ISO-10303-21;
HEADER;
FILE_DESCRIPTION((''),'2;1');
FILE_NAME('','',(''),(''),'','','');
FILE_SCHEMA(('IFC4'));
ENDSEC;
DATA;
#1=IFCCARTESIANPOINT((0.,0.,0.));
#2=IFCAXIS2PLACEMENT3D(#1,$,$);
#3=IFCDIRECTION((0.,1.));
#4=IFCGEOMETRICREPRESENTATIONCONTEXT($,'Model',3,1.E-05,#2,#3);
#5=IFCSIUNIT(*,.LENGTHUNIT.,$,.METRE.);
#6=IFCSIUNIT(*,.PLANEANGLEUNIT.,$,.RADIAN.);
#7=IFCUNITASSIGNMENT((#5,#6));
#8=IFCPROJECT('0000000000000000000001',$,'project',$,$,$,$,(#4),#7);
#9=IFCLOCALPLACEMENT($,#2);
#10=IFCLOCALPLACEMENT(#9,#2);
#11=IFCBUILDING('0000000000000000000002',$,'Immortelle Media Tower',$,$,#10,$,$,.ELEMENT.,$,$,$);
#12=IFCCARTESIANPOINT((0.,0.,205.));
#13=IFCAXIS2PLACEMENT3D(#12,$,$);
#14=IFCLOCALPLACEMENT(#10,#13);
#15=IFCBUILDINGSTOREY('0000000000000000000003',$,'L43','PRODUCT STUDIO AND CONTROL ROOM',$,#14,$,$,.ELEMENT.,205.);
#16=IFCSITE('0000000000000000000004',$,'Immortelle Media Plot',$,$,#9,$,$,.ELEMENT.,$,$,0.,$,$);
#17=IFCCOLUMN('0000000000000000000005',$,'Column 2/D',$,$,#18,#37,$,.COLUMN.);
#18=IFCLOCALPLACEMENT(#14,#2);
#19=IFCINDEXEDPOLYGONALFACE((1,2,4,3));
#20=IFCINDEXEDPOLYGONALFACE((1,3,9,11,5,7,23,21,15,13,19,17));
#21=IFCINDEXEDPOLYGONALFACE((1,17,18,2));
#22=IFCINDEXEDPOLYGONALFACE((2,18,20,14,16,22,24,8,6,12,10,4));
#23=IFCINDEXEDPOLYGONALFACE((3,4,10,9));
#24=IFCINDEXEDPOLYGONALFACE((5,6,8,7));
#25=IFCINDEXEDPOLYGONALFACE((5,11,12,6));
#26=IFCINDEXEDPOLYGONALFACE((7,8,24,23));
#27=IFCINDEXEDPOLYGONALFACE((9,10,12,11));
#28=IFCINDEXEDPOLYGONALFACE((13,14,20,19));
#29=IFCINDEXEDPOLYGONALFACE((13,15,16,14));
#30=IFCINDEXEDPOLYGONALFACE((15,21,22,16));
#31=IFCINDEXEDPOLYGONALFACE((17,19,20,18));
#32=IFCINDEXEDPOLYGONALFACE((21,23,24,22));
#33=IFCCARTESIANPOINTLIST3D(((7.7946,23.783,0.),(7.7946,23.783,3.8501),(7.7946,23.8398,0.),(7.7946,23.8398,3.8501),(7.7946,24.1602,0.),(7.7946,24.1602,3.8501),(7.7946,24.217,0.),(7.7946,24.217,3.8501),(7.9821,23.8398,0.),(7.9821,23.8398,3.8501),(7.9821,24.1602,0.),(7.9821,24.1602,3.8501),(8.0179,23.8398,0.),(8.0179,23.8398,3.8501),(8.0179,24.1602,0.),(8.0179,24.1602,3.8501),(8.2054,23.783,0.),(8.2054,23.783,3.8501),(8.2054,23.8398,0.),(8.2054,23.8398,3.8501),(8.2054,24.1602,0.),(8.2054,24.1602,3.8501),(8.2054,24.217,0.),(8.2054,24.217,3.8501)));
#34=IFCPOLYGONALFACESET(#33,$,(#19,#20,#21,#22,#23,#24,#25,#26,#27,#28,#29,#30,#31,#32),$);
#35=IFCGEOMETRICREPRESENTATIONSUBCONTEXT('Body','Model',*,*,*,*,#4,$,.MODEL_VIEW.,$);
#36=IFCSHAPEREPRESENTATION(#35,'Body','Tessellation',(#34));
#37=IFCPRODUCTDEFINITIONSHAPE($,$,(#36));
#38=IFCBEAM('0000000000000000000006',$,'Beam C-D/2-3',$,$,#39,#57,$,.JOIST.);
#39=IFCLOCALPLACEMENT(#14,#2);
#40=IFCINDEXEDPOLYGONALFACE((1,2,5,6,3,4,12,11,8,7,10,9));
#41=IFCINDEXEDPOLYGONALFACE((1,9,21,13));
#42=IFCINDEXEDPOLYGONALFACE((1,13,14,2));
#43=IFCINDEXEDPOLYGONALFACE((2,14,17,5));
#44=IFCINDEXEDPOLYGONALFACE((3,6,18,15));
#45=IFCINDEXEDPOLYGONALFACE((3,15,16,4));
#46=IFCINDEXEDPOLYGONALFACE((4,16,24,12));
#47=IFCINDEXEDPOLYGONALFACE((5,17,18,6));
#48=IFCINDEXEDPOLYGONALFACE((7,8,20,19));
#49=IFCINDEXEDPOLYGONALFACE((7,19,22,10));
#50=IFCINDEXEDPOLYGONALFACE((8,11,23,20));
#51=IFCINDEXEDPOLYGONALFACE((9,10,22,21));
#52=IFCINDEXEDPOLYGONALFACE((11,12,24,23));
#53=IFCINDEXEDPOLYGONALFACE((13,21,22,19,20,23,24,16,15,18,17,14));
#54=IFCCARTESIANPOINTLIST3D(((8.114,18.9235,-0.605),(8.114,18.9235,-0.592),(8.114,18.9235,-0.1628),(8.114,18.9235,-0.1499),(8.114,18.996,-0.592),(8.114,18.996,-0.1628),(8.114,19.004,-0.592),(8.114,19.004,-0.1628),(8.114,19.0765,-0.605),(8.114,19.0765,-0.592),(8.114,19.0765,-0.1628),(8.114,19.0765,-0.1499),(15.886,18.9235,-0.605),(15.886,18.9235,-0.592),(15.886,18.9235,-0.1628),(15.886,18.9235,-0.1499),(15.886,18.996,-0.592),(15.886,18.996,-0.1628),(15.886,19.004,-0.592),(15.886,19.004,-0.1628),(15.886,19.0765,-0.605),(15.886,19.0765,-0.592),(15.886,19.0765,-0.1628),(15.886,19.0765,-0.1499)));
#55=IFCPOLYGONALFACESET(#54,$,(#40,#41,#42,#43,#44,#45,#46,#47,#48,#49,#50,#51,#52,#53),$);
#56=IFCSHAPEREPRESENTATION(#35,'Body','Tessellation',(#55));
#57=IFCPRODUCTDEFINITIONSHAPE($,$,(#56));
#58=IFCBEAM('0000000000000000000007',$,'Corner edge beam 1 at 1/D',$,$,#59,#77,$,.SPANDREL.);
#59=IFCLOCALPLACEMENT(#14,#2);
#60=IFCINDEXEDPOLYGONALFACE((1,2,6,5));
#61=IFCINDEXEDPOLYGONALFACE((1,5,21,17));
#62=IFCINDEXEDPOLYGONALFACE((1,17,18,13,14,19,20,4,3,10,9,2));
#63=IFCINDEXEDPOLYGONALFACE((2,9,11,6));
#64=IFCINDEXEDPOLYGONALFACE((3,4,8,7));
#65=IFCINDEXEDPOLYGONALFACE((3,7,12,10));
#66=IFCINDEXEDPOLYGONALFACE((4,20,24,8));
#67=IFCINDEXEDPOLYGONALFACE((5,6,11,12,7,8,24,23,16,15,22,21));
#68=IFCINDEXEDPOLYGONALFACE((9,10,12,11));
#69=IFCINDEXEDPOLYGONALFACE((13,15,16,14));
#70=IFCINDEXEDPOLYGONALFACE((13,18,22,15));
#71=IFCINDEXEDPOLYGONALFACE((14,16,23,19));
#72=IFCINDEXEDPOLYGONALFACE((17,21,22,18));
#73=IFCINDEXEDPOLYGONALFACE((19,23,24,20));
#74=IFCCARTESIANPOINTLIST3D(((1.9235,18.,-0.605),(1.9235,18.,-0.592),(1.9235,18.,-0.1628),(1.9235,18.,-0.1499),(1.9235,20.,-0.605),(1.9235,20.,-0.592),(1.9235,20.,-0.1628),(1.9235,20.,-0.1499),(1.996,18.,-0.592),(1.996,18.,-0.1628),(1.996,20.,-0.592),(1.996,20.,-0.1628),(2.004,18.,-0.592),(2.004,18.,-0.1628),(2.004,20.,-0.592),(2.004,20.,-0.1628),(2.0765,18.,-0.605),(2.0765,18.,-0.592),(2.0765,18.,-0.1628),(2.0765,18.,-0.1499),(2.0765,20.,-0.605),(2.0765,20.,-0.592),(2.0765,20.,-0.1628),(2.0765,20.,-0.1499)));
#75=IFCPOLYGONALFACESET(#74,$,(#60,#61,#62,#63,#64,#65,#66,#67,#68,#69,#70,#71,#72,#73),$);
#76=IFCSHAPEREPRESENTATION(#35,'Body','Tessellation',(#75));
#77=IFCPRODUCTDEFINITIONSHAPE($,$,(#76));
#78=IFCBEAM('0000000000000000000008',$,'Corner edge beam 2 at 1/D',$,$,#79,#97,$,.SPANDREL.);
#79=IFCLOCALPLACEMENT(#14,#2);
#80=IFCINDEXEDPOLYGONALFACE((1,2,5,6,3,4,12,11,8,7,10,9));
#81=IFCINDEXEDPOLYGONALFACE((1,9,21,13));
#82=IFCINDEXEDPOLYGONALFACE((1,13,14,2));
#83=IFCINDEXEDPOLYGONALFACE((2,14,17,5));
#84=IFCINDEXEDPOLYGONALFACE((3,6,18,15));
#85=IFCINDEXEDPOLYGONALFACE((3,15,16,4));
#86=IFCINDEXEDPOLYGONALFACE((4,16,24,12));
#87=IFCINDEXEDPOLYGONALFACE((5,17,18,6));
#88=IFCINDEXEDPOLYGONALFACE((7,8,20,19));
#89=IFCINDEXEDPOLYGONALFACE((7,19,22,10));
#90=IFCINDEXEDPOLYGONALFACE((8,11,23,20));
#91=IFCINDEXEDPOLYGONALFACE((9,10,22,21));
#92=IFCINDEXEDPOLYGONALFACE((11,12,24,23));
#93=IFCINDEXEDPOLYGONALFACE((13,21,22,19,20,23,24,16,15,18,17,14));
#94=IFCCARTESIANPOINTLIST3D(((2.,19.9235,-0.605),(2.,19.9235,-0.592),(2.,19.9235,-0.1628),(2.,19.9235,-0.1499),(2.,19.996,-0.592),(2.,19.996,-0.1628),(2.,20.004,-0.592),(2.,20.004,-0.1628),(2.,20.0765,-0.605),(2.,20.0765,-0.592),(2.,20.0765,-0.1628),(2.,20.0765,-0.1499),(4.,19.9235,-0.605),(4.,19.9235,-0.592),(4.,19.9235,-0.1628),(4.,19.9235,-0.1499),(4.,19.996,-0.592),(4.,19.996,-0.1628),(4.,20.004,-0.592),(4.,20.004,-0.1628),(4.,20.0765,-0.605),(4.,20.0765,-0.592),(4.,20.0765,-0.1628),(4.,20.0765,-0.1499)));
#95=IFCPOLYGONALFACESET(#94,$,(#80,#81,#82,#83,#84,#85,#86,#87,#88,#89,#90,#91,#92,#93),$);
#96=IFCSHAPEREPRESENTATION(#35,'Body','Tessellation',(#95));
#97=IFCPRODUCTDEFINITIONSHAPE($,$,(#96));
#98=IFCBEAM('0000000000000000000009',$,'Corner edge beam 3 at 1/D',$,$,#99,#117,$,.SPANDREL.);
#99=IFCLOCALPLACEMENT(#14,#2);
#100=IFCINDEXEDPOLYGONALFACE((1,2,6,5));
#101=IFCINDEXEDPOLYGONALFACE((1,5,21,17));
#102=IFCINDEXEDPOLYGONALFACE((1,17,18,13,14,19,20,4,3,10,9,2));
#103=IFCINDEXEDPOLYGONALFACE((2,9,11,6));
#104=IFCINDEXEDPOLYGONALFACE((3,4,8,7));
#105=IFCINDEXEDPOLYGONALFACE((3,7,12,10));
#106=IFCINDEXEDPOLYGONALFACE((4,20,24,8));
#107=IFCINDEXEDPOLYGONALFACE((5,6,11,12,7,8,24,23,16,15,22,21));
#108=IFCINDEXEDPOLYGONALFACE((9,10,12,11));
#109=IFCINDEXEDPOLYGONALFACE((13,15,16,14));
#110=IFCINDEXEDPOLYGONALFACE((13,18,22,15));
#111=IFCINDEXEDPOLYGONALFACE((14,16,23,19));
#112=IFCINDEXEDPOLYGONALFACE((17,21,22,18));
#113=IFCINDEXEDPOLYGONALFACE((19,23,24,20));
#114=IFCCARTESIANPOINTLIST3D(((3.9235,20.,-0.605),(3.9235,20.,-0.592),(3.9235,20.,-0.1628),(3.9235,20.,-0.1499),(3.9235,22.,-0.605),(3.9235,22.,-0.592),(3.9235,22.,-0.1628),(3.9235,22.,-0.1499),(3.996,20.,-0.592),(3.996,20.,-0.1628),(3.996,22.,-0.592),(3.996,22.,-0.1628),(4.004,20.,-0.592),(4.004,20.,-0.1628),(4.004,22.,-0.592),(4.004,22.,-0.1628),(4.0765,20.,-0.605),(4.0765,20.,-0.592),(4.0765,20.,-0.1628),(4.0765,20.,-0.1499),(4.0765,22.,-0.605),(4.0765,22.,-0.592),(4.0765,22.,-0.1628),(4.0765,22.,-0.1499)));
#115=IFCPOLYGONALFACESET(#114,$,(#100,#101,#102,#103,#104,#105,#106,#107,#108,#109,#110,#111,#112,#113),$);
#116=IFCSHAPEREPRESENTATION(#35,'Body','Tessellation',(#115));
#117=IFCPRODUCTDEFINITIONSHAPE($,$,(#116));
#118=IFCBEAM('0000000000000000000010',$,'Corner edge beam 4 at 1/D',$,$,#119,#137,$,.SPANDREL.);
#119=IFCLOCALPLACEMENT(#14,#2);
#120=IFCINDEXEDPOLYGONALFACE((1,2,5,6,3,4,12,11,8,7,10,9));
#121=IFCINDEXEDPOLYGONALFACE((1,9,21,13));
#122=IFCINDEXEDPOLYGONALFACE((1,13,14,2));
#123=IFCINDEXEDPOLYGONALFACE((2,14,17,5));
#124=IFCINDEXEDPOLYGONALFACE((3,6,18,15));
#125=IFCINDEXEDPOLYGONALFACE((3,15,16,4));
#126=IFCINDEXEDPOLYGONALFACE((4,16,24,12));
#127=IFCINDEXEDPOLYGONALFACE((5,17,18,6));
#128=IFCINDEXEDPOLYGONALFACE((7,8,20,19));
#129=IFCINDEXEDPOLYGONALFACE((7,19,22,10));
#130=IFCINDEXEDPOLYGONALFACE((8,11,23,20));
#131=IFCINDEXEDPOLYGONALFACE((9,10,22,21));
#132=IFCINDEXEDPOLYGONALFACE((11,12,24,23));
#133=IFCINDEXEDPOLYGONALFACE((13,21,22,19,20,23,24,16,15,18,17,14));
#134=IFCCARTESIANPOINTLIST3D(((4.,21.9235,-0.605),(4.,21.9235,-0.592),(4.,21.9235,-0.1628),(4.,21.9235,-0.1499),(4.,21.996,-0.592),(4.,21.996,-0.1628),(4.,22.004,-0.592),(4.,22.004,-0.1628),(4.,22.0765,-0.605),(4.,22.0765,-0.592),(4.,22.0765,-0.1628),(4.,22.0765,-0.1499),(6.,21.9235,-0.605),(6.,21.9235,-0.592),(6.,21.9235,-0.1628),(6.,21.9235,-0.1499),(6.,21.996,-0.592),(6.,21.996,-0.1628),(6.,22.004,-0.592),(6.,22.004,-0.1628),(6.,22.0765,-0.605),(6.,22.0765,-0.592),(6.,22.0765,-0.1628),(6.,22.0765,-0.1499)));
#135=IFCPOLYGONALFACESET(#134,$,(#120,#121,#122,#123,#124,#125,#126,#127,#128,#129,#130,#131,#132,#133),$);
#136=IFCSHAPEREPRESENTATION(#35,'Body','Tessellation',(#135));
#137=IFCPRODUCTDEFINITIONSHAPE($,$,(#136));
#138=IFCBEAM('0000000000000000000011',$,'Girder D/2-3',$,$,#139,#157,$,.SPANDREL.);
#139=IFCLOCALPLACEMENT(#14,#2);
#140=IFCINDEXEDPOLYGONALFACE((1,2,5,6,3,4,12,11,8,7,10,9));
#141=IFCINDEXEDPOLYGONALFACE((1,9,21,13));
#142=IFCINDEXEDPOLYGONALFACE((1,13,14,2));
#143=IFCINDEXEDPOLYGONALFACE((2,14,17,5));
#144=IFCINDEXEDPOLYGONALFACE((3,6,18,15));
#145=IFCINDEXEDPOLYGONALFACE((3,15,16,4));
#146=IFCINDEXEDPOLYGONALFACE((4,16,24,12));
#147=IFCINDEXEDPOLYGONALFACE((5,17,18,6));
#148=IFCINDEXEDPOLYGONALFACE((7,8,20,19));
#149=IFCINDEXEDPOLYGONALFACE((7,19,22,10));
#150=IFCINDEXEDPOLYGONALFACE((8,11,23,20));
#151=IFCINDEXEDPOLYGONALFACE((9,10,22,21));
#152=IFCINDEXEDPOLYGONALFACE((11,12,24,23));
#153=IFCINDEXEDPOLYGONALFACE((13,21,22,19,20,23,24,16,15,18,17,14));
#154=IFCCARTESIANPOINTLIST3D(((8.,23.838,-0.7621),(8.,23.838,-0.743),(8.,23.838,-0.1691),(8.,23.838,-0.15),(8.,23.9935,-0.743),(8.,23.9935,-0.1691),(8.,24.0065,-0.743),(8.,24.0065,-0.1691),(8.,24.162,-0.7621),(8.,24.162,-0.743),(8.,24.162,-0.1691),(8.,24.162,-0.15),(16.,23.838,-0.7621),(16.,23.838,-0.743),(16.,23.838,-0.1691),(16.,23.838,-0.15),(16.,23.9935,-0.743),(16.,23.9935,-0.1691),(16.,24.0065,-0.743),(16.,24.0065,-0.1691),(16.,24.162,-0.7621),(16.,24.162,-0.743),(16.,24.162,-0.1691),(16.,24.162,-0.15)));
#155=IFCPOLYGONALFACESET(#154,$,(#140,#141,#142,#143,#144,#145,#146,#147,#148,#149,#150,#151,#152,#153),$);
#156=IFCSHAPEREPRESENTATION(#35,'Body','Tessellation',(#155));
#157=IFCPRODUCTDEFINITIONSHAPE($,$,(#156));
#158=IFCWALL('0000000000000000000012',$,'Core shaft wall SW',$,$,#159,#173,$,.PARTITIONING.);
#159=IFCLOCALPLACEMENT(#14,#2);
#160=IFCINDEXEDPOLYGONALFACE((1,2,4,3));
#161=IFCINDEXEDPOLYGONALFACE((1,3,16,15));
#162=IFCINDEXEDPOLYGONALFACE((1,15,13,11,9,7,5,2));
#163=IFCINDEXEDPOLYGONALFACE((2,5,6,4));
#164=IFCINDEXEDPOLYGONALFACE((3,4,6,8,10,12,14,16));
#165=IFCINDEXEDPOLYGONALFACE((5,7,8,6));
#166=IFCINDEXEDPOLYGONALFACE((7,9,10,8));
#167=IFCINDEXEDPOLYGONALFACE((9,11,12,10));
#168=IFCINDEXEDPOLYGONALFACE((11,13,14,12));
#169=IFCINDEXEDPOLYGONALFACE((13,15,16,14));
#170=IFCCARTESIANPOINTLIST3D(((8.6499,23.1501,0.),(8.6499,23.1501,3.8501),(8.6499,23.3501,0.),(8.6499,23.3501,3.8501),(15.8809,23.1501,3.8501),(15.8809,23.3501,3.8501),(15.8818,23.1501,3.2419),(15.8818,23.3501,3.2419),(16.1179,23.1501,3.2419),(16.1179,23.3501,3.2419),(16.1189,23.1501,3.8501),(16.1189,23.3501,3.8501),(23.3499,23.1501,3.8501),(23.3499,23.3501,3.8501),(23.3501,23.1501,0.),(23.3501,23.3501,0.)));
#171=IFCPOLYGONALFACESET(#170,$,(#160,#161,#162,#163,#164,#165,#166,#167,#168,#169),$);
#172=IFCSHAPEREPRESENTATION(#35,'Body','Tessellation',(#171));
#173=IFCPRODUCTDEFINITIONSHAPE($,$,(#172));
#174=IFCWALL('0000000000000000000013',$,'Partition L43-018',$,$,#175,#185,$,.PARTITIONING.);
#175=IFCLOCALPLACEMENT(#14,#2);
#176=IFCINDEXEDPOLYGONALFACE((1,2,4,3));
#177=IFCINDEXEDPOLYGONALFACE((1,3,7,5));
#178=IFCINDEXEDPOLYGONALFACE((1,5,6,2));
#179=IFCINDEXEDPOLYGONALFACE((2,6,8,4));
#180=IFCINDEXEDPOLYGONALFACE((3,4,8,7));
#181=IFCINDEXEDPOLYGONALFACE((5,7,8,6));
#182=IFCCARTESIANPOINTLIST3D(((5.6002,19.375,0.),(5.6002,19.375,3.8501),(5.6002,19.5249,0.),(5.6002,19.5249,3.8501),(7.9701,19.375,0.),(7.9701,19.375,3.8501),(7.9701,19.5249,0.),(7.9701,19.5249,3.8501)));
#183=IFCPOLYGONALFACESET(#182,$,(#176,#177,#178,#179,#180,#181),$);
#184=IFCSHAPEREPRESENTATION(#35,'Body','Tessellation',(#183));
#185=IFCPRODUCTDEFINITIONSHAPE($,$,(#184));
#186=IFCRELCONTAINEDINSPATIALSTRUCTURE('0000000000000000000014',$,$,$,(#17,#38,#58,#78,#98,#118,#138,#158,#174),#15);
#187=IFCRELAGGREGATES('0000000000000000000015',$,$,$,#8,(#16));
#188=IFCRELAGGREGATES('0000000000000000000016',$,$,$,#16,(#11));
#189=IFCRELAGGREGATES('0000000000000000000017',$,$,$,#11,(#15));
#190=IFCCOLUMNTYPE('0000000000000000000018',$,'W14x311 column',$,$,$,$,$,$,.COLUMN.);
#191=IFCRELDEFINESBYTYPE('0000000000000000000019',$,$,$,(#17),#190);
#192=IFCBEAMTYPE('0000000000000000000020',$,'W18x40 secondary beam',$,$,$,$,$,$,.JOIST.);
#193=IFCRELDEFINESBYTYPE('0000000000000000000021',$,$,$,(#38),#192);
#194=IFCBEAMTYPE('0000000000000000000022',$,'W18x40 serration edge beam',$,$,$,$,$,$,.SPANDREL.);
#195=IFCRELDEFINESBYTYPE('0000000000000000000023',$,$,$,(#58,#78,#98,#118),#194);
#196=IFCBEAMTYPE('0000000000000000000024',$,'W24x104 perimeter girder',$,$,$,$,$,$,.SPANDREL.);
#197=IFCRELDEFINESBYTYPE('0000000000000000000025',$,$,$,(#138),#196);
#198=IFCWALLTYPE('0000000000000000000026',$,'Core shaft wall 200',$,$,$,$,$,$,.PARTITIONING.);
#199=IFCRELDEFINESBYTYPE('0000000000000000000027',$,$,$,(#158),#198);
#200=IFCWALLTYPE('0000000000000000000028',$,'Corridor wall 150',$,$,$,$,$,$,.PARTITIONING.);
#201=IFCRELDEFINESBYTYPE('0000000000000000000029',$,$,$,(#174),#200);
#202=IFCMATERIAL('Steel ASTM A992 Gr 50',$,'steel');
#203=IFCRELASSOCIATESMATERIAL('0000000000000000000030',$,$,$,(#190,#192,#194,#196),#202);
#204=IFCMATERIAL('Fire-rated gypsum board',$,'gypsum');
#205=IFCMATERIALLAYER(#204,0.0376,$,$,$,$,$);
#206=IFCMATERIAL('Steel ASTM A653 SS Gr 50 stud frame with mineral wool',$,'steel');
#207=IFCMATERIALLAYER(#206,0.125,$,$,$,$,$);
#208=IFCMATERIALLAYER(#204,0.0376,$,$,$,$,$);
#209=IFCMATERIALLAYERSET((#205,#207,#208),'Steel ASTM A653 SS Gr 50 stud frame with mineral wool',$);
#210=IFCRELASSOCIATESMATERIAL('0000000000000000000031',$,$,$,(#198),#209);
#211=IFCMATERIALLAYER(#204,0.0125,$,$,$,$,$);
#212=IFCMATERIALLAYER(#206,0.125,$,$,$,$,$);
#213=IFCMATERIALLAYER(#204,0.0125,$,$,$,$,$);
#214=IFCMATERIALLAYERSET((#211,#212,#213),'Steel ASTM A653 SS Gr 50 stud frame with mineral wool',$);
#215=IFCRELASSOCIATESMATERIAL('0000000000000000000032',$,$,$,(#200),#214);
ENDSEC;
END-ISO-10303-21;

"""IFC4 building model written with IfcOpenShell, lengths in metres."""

from ifc_helpers import new_model, si_unit, direction, frame, frame_2d, origin, origin_2d, place, context, subcontext, project, spatial, polyline, rectangle, i_section, outline, extrude, material, layer, layer_set, material_profile, profile_set, type_object, element, save


model = new_model("IFC4")

# Units and contexts
model_context = context("Model", 3, precision=1e-05, world=origin(), true_north=direction((0.0, 1.0)))
body_context = subcontext(model_context, "Body", "Model", "MODEL_VIEW")
ifc_project = project(units=[si_unit("LENGTHUNIT", "METRE"), si_unit("PLANEANGLEUNIT", "RADIAN")], contexts=[model_context])

# Site, building, storey
site_placement = place(None, origin())
site = spatial("IfcSite", under=ifc_project, at=site_placement, Name="Immortelle Media Plot", CompositionType="ELEMENT", RefElevation=0.0)
building_placement = place(site_placement, origin())
building = spatial("IfcBuilding", under=site, at=building_placement, Name="Immortelle Media Tower", CompositionType="ELEMENT")
storey_placement = place(building_placement, frame((0.0, 0.0, 205.0)))
storey = spatial("IfcBuildingStorey", under=building, at=storey_placement, Name="L43", Description="PRODUCT STUDIO AND CONTROL ROOM", CompositionType="ELEMENT", Elevation=205.0)

# Column
ifc_material_1 = material(Name="Steel ASTM A992 Gr 50", Category="steel")
ifc_material_profile_1 = material_profile(ifc_material_1, i_section(OverallWidth=0.4109, OverallDepth=0.4341, WebThickness=0.0359, FlangeThickness=0.0569, at=origin_2d()), Name="W14x311")
ifc_profile_set_1 = profile_set([ifc_material_profile_1], Name="Steel ASTM A992 Gr 50")
column_type = type_object("IfcColumnType", Name="W14x311 column", PredefinedType="COLUMN", material=ifc_profile_set_1)
column_placement = place(storey_placement, frame((8.0, 24.0, 0.0), z_axis=(0.0, 0.0, 1.0), x_axis=(1.0, 0.0, 0.0)))
element("IfcColumn", 1, at=column_placement, inside=storey, type_object=column_type, Name="Column 2/D", PredefinedType="COLUMN", context=body_context, shape_type="SweptSolid", body=[
    extrude(i_section(OverallWidth=0.4109, OverallDepth=0.4341, WebThickness=0.0359, FlangeThickness=0.0569, at=origin_2d()), origin(), (0.0, 0.0, 1.0), 3.8501),
])

# Beams
ifc_material_profile_2 = material_profile(ifc_material_1, i_section(OverallWidth=0.1531, OverallDepth=0.4551, WebThickness=0.0081, FlangeThickness=0.0129, at=origin_2d()), Name="W18x40")
ifc_profile_set_2 = profile_set([ifc_material_profile_2], Name="Steel ASTM A992 Gr 50")
beam_type_1 = type_object("IfcBeamType", Name="W18x40 secondary beam", PredefinedType="JOIST", material=ifc_profile_set_2)
beam_1_placement = place(storey_placement, frame((8.114, 19.0, -0.3774), z_axis=(1.0, 0.0, 0.0), x_axis=(0.0, 1.0, 0.0)))
element("IfcBeam", 2, at=beam_1_placement, inside=storey, type_object=beam_type_1, Name="Beam C-D/2-3", PredefinedType="JOIST", context=body_context, shape_type="SweptSolid", body=[
    extrude(i_section(OverallWidth=0.1531, OverallDepth=0.4551, WebThickness=0.0081, FlangeThickness=0.0129, at=origin_2d()), origin(), (0.0, 0.0, 1.0), 7.772),
])
ifc_material_profile_3 = material_profile(ifc_material_1, i_section(OverallWidth=0.1531, OverallDepth=0.4551, WebThickness=0.0081, FlangeThickness=0.0129, at=origin_2d()), Name="W18x40")
ifc_profile_set_3 = profile_set([ifc_material_profile_3], Name="Steel ASTM A992 Gr 50")
beam_type_2 = type_object("IfcBeamType", Name="W18x40 serration edge beam", PredefinedType="SPANDREL", material=ifc_profile_set_3)
for number, where, z_axis, x_axis, name in (
    (3, (2.0, 18.0, -0.3774), (0.0, 1.0, 0.0), (-1.0, 0.0, 0.0), "Corner edge beam 1 at 1/D"),
    (4, (2.0, 20.0, -0.3774), (1.0, 0.0, 0.0), (0.0, 1.0, 0.0), "Corner edge beam 2 at 1/D"),
    (5, (4.0, 20.0, -0.3774), (0.0, 1.0, 0.0), (-1.0, 0.0, 0.0), "Corner edge beam 3 at 1/D"),
    (6, (4.0, 22.0, -0.3774), (1.0, 0.0, 0.0), (0.0, 1.0, 0.0), "Corner edge beam 4 at 1/D"),
):
    element("IfcBeam", number, at=place(storey_placement, frame(where, z_axis=z_axis, x_axis=x_axis)), inside=storey, type_object=beam_type_2, Name=name, PredefinedType="SPANDREL", context=body_context, shape_type="SweptSolid", body=[
        extrude(i_section(OverallWidth=0.1531, OverallDepth=0.4551, WebThickness=0.0081, FlangeThickness=0.0129, at=origin_2d()), origin(), (0.0, 0.0, 1.0), 2.0),
    ])
ifc_material_profile_4 = material_profile(ifc_material_1, i_section(OverallWidth=0.324, OverallDepth=0.6121, WebThickness=0.0129, FlangeThickness=0.019, at=origin_2d()), Name="W24x104")
ifc_profile_set_4 = profile_set([ifc_material_profile_4], Name="Steel ASTM A992 Gr 50")
beam_type_3 = type_object("IfcBeamType", Name="W24x104 perimeter girder", PredefinedType="SPANDREL", material=ifc_profile_set_4)
beam_2_placement = place(storey_placement, frame((8.0, 24.0, -0.4561), z_axis=(1.0, 0.0, 0.0), x_axis=(0.0, 1.0, 0.0)))
element("IfcBeam", 7, at=beam_2_placement, inside=storey, type_object=beam_type_3, Name="Girder D/2-3", PredefinedType="SPANDREL", context=body_context, shape_type="SweptSolid", body=[
    extrude(i_section(OverallWidth=0.324, OverallDepth=0.6121, WebThickness=0.0129, FlangeThickness=0.019, at=origin_2d()), origin(), (0.0, 0.0, 1.0), 8.0),
])

# Walls
ifc_material_2 = material(Name="Fire-rated gypsum board", Category="gypsum")
ifc_layer_1 = layer(ifc_material_2, 0.0376)
ifc_material_3 = material(Name="Steel ASTM A653 SS Gr 50 stud frame with mineral wool", Category="steel")
ifc_layer_2 = layer(ifc_material_3, 0.125)
ifc_layer_3 = layer(ifc_material_2, 0.0376)
ifc_layer_set_1 = layer_set([ifc_layer_1, ifc_layer_2, ifc_layer_3], Name="Steel ASTM A653 SS Gr 50 stud frame with mineral wool")
wall_type_1 = type_object("IfcWallType", Name="Core shaft wall 200", PredefinedType="PARTITIONING", material=ifc_layer_set_1)
wall_1_placement = place(storey_placement, frame((8.6499, 23.25, 0.0), z_axis=(0.0, 0.0, 1.0), x_axis=(1.0, 0.0, 0.0)))
element("IfcWall", 8, at=wall_1_placement, inside=storey, type_object=wall_type_1, Name="Core shaft wall SW", PredefinedType="PARTITIONING", context=body_context, shape_type="SweptSolid", body=[
    extrude(outline(polyline([(0.0, 0.0), (14.7002, 0.0), (14.7, 3.8501), (7.469, 3.8501), (7.468, 3.2419), (7.2319, 3.2419), (7.231, 3.8501), (0.0, 3.8501), (0.0, 0.0)])), frame((0.0, 0.1001, 0.0), z_axis=(0.0, -1.0, 0.0), x_axis=(1.0, 0.0, 0.0)), (0.0, 0.0, 1.0), 0.2),
])
ifc_layer_4 = layer(ifc_material_2, 0.0125)
ifc_layer_5 = layer(ifc_material_3, 0.125)
ifc_layer_6 = layer(ifc_material_2, 0.0125)
ifc_layer_set_2 = layer_set([ifc_layer_4, ifc_layer_5, ifc_layer_6], Name="Steel ASTM A653 SS Gr 50 stud frame with mineral wool")
wall_type_2 = type_object("IfcWallType", Name="Corridor wall 150", PredefinedType="PARTITIONING", material=ifc_layer_set_2)
wall_2_placement = place(storey_placement, frame((5.6001, 19.45, 0.0), z_axis=(0.0, 0.0, 1.0), x_axis=(1.0, 0.0, 0.0)))
element("IfcWall", 9, at=wall_2_placement, inside=storey, type_object=wall_type_2, Name="Partition L43-018", PredefinedType="PARTITIONING", context=body_context, shape_type="SweptSolid", body=[
    extrude(rectangle(XDim=2.3699, YDim=0.1499, at=frame_2d((1.1851, 0.0))), origin(), (0.0, 0.0, 1.0), 3.8501),
])

save(model, "model.ifc")
